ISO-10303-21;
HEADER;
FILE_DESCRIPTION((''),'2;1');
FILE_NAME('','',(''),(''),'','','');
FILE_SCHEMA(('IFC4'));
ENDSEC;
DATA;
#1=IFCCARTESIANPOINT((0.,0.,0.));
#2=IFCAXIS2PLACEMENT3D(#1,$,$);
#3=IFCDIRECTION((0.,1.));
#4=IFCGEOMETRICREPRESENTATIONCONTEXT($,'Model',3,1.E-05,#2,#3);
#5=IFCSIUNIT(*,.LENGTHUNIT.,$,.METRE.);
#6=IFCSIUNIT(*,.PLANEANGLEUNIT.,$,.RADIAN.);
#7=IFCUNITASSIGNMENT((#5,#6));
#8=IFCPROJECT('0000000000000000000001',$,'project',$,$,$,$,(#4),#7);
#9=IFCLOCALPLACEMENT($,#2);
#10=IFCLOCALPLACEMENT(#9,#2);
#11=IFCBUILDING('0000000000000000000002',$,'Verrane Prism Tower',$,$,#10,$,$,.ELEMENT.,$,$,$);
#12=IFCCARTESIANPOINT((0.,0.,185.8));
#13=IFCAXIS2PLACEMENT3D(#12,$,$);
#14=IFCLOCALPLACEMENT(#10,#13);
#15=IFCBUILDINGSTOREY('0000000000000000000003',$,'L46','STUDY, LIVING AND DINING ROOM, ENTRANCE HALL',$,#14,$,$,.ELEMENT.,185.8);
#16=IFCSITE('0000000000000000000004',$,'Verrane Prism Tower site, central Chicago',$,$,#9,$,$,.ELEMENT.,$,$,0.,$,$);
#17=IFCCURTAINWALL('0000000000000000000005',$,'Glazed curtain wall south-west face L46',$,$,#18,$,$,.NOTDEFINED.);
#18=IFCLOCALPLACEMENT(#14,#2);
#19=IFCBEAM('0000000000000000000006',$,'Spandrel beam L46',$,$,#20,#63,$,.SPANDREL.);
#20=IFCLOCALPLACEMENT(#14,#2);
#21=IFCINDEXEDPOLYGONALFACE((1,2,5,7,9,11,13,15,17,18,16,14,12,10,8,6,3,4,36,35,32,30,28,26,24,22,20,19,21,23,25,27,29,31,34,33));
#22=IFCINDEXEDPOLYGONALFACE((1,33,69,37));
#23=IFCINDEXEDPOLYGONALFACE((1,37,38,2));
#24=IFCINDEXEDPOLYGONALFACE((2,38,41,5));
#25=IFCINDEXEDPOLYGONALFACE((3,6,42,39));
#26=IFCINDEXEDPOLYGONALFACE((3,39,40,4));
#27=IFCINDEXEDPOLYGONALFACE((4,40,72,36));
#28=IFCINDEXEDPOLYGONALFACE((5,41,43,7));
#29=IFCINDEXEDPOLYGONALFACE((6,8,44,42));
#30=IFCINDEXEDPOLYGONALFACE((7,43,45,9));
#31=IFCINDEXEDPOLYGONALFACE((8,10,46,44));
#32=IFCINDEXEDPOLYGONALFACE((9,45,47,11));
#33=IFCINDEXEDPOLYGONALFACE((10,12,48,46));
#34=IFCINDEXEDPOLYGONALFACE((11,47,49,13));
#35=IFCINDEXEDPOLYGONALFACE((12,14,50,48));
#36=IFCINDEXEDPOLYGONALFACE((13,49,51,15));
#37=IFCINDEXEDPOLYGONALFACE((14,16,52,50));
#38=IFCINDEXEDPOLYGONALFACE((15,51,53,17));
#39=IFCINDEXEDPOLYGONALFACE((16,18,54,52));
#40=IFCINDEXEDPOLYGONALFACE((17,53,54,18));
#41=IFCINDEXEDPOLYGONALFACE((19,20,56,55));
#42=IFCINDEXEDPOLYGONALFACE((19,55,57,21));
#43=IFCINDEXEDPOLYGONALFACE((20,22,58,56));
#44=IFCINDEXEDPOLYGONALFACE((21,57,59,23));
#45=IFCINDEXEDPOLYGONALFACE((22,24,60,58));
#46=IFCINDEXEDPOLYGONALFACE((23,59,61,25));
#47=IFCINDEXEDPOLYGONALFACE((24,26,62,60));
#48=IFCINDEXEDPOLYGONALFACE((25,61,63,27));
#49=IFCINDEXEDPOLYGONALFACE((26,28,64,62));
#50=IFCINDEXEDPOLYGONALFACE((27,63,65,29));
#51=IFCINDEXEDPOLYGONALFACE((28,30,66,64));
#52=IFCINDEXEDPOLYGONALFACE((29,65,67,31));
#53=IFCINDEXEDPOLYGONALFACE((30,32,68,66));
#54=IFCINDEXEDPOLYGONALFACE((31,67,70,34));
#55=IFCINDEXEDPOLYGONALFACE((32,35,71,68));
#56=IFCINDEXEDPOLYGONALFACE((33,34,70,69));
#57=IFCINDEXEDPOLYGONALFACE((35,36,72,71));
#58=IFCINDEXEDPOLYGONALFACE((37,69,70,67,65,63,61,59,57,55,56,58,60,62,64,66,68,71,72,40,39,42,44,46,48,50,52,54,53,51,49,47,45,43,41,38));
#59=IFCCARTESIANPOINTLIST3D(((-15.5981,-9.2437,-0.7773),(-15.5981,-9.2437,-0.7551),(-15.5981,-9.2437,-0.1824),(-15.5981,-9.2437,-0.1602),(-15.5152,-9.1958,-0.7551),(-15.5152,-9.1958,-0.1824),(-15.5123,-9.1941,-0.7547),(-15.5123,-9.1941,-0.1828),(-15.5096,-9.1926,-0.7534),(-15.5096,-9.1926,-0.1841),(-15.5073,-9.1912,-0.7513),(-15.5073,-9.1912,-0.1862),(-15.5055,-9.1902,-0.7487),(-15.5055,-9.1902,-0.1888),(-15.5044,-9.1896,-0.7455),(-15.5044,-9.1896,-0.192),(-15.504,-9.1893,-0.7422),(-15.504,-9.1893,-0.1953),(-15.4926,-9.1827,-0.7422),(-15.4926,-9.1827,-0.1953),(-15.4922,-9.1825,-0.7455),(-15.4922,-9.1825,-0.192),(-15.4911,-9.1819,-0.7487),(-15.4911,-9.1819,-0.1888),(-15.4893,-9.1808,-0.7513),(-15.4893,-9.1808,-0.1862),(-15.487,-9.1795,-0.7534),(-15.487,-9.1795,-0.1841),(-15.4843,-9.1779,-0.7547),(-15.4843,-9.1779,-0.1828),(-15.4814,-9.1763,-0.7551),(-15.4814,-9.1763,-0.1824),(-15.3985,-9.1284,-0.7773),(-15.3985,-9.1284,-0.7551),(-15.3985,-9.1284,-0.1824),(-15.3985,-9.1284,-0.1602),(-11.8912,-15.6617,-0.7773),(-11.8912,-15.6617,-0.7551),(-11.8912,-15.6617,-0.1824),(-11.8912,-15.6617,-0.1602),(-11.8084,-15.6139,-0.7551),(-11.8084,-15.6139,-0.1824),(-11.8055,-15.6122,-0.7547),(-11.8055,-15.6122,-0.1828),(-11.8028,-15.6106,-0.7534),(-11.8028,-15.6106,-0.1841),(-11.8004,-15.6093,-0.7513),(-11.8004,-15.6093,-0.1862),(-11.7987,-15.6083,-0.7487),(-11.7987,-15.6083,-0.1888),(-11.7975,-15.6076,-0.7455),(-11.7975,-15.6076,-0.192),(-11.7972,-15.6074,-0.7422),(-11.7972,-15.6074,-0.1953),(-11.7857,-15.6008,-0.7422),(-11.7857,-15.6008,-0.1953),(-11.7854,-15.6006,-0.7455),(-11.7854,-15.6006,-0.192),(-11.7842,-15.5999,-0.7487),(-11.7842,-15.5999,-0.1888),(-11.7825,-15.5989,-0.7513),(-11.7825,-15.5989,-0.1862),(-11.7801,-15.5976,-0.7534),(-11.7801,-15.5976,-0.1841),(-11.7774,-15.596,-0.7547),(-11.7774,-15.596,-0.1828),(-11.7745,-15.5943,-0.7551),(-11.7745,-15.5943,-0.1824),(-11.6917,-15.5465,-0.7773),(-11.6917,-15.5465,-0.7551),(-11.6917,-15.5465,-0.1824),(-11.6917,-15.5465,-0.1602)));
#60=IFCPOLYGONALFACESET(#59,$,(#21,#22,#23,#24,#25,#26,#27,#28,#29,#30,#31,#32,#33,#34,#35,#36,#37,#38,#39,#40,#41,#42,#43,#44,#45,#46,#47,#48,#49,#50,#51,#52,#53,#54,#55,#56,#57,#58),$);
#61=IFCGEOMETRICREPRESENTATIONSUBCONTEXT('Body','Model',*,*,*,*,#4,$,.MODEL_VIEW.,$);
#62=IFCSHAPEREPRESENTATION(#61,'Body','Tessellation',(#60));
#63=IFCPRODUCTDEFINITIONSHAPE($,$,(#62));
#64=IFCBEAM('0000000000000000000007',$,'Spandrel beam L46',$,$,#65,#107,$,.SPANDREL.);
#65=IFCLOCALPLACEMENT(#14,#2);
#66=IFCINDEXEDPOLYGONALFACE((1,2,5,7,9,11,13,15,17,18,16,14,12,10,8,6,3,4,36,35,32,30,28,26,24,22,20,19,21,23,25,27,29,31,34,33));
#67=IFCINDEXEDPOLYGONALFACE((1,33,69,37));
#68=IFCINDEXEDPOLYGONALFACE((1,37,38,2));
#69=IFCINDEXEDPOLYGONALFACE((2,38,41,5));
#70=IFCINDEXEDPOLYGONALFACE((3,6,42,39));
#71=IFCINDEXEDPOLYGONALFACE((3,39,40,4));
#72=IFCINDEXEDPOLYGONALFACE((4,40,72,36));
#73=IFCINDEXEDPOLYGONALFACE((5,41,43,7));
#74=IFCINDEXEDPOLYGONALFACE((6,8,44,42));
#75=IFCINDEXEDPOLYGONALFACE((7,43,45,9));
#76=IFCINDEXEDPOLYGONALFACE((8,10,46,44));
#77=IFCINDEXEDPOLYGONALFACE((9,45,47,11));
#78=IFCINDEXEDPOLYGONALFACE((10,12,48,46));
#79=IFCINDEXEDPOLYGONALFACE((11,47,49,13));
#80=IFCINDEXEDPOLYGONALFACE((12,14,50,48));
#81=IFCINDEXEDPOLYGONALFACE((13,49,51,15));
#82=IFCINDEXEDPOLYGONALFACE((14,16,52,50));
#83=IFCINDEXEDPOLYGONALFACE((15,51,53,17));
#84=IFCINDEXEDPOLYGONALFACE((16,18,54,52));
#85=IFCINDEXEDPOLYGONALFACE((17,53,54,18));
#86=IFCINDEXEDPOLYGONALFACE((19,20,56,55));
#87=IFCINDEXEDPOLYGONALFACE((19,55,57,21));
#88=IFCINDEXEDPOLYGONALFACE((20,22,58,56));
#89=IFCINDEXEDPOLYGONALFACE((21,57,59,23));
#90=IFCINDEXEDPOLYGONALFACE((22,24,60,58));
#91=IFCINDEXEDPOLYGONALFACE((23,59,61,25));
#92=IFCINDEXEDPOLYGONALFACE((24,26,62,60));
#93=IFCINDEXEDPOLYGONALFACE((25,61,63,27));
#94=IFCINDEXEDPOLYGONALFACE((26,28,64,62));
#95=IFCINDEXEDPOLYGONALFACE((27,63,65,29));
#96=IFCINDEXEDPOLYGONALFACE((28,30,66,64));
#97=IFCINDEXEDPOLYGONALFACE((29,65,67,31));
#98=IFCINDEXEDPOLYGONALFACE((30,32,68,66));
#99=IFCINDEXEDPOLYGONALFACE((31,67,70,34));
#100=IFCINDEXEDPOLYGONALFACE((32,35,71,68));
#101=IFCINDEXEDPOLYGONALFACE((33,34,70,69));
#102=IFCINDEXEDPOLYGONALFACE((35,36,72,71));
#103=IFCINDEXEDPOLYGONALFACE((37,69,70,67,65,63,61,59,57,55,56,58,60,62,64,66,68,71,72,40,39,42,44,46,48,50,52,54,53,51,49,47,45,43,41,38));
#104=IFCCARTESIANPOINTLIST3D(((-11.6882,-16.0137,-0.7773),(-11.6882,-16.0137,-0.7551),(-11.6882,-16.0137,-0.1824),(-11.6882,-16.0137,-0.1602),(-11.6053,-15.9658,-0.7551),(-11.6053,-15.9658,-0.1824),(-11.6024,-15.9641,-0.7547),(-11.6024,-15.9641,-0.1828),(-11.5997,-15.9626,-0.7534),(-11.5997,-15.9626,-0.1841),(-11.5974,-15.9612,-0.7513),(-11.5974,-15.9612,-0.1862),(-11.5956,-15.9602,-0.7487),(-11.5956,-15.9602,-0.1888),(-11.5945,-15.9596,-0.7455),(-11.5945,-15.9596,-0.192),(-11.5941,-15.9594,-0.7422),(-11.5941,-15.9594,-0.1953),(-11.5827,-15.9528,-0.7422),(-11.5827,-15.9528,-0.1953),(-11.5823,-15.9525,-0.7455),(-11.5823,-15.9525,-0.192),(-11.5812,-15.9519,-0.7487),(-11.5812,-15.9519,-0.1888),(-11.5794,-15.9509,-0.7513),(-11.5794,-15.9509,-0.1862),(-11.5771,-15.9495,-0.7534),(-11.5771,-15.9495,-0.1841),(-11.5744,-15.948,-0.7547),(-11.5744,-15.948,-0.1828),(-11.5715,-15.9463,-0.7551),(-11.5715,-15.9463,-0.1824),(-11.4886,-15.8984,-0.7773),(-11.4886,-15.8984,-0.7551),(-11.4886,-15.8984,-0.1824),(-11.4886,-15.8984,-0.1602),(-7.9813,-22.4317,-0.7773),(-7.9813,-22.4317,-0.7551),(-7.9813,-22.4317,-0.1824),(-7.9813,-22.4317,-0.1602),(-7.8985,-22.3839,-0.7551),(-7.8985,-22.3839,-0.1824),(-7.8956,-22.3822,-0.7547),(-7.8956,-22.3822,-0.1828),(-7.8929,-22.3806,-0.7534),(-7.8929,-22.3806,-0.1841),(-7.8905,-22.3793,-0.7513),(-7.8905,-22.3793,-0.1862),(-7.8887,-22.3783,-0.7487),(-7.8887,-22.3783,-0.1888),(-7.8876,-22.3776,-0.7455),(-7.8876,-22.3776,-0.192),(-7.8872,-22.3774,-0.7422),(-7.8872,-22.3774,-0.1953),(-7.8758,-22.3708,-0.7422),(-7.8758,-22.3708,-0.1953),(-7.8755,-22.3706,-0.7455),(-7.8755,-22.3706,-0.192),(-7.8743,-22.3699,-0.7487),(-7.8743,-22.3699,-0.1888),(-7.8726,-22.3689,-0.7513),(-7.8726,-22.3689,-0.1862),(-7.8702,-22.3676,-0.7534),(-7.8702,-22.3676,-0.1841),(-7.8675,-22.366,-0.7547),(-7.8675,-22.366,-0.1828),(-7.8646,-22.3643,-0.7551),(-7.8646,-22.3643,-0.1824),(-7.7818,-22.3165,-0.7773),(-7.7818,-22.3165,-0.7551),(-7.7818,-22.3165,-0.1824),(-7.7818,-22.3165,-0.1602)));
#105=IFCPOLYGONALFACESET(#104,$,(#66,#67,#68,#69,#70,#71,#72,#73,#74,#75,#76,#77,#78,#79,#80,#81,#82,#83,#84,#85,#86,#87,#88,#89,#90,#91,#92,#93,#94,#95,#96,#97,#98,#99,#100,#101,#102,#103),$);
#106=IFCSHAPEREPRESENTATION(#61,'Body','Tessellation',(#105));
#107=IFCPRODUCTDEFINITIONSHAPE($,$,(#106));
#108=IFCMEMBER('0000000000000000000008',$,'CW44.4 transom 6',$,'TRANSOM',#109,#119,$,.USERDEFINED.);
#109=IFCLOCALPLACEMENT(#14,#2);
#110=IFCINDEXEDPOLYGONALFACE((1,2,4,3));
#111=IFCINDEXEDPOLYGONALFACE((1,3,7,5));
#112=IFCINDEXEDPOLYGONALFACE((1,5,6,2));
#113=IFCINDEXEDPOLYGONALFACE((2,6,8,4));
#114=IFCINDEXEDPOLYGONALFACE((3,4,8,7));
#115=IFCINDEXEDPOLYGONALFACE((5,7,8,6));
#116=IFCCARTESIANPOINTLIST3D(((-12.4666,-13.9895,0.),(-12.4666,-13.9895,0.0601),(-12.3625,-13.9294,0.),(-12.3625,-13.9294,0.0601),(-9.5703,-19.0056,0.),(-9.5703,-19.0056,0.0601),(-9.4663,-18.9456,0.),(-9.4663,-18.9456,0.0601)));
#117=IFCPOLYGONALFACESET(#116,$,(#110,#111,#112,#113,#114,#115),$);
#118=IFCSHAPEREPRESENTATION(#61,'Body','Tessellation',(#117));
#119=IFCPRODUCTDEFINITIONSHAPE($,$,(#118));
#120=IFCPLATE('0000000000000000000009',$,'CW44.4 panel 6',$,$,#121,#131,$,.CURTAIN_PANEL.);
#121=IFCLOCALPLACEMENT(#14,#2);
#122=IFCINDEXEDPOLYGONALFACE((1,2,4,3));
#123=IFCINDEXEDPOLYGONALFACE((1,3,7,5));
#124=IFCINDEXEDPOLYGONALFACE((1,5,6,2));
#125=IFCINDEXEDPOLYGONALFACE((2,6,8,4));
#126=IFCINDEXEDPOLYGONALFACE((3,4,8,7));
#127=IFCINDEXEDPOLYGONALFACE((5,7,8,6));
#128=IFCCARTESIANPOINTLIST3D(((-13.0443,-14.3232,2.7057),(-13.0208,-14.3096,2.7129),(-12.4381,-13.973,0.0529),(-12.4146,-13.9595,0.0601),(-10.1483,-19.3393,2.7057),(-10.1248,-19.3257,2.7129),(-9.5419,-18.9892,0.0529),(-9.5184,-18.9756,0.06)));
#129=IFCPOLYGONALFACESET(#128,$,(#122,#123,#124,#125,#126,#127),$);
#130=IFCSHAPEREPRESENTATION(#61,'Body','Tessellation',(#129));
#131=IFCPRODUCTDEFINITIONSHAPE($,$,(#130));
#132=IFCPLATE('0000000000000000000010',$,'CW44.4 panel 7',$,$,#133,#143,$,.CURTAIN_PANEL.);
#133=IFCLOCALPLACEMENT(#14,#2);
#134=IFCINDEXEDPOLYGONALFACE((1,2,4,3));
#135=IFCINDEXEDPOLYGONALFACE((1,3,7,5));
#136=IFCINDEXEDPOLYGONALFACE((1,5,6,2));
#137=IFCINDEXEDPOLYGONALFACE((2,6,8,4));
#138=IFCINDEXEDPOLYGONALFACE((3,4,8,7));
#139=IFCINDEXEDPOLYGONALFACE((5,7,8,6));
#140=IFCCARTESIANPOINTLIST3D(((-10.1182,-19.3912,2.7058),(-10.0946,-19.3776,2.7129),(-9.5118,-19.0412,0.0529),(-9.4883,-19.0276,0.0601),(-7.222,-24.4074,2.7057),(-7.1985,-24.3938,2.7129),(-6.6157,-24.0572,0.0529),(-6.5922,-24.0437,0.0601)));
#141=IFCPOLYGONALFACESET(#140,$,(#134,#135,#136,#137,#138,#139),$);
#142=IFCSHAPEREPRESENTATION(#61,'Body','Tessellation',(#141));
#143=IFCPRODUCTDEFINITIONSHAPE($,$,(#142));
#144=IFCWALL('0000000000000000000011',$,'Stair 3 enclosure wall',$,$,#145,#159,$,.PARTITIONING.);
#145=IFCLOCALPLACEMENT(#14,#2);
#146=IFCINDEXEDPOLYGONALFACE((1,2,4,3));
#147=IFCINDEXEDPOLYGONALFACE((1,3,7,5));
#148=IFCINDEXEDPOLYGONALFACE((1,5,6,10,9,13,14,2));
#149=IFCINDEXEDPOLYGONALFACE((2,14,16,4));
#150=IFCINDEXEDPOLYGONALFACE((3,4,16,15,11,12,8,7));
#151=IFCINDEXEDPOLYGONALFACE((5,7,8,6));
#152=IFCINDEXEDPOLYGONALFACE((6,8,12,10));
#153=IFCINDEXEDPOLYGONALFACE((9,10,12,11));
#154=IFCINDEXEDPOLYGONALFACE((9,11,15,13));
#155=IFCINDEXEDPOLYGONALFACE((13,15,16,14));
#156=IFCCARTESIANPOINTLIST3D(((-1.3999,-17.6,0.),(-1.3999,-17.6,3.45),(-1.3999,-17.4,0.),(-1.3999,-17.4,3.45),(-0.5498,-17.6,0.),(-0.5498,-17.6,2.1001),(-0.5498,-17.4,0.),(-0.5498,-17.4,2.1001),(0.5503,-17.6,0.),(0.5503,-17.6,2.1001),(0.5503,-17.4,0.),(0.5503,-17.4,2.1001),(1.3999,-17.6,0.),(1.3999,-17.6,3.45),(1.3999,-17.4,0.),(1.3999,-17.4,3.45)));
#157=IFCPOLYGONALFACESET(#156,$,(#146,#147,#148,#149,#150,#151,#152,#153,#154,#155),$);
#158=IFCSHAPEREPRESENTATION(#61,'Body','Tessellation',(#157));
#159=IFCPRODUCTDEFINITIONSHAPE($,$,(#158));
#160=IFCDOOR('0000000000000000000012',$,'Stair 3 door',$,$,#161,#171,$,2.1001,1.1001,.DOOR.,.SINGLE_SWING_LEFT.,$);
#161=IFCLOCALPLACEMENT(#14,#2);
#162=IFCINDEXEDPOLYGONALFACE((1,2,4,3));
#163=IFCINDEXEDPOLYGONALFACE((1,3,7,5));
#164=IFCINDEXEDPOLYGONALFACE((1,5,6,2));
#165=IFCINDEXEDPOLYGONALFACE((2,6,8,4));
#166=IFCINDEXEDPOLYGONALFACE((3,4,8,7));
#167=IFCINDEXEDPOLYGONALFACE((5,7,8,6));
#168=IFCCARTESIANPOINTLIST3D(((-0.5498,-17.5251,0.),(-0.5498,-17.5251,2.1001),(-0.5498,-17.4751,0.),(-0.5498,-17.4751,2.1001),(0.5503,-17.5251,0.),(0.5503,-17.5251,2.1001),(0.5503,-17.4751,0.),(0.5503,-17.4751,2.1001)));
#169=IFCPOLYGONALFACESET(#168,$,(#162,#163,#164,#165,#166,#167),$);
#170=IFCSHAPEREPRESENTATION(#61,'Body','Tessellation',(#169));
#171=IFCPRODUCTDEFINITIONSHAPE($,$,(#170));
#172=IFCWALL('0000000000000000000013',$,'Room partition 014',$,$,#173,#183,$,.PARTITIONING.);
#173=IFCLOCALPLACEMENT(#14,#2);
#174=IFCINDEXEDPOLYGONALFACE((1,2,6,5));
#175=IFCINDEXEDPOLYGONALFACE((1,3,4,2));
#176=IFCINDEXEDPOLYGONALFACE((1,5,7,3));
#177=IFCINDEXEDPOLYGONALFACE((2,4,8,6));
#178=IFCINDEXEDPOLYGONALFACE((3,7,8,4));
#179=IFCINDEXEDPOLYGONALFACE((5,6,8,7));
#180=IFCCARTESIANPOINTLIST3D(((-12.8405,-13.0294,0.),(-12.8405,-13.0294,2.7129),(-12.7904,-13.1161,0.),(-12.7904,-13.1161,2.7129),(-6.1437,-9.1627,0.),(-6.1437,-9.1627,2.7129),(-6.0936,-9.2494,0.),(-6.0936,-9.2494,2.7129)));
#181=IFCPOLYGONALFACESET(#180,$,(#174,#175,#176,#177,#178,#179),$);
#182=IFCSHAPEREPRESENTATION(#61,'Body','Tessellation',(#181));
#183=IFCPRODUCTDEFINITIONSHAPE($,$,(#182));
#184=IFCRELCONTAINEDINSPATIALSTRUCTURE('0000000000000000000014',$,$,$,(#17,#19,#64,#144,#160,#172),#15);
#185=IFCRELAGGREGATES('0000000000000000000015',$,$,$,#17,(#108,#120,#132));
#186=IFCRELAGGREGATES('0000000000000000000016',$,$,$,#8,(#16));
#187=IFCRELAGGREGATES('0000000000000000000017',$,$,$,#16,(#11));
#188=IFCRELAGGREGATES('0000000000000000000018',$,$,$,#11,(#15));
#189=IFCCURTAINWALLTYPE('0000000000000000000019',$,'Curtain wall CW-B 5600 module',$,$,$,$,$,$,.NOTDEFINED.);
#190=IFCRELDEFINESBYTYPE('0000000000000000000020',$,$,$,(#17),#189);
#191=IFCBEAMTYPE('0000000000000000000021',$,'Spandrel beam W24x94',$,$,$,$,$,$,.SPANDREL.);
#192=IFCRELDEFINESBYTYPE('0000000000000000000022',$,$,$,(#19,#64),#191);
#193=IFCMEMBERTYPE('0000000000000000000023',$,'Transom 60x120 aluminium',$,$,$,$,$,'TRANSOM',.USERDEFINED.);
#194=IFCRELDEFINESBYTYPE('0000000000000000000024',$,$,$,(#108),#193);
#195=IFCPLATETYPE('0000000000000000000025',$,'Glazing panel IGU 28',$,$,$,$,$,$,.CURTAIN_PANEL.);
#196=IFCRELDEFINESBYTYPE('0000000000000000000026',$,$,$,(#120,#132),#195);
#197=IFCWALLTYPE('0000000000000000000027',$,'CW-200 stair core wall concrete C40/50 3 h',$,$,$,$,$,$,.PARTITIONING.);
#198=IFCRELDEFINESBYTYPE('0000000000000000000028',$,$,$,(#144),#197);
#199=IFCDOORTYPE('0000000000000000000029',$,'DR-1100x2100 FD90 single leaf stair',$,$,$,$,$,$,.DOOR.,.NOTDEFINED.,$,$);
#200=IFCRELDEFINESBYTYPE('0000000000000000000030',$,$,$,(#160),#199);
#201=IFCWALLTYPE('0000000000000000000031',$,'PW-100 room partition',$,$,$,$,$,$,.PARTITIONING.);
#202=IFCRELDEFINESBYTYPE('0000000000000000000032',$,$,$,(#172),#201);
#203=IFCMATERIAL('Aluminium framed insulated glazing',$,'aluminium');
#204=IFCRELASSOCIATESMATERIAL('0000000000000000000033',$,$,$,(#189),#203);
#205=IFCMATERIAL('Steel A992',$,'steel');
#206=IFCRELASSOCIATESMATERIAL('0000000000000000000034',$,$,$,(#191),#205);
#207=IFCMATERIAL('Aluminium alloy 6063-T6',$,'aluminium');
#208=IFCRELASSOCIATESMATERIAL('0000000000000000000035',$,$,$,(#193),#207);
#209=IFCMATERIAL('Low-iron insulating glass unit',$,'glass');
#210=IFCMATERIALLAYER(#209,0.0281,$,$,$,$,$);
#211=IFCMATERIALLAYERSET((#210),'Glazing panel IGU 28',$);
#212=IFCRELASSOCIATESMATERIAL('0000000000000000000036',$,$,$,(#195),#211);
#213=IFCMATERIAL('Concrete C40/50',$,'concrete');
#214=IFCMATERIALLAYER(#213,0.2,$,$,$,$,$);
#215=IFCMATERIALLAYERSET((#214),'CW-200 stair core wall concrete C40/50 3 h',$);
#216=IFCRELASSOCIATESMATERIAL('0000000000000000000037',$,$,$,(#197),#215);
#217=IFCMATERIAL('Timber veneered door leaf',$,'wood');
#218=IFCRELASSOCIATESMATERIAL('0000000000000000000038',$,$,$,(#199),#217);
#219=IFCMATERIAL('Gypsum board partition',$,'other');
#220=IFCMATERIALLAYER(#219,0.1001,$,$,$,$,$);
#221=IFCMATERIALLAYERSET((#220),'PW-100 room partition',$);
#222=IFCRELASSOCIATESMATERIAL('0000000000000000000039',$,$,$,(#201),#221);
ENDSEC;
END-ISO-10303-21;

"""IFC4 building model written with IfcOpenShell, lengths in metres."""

from ifc_helpers import new_model, si_unit, direction, frame, frame_2d, origin, origin_2d, place, context, subcontext, project, spatial, polyline, rectangle, i_section, outline, extrude, material, layer, layer_set, material_profile, profile_set, type_object, element, fill, aggregate, save


model = new_model("IFC4")

# Units and contexts
model_context = context("Model", 3, precision=1e-05, world=origin(), true_north=direction((0.0, 1.0)))
body_context = subcontext(model_context, "Body", "Model", "MODEL_VIEW")
ifc_project = project(units=[si_unit("LENGTHUNIT", "METRE"), si_unit("PLANEANGLEUNIT", "RADIAN")], contexts=[model_context])

# Site, building, storey
site_placement = place(None, origin())
site = spatial("IfcSite", under=ifc_project, at=site_placement, Name="Verrane Prism Tower site, central Chicago", CompositionType="ELEMENT", RefElevation=0.0)
building_placement = place(site_placement, origin())
building = spatial("IfcBuilding", under=site, at=building_placement, Name="Verrane Prism Tower", CompositionType="ELEMENT")
storey_placement = place(building_placement, frame((0.0, 0.0, 185.8)))
storey = spatial("IfcBuildingStorey", under=building, at=storey_placement, Name="L46", Description="STUDY, LIVING AND DINING ROOM, ENTRANCE HALL", CompositionType="ELEMENT", Elevation=185.8)

# Curtain wall
ifc_material_1 = material(Name="Aluminium framed insulated glazing", Category="aluminium")
curtain_wall_type = type_object("IfcCurtainWallType", Name="Curtain wall CW-B 5600 module", PredefinedType="NOTDEFINED", material=ifc_material_1)
curtain_wall_placement = place(storey_placement, origin())
curtain_wall = element("IfcCurtainWall", 1, at=curtain_wall_placement, inside=storey, type_object=curtain_wall_type, Name="Glazed curtain wall south-west face L46", PredefinedType="NOTDEFINED")

# Beams
ifc_material_2 = material(Name="Steel A992", Category="steel")
ifc_material_profile_1 = material_profile(ifc_material_2, i_section(OverallWidth=0.2305, OverallDepth=0.6172, WebThickness=0.0132, FlangeThickness=0.0222, FilletRadius=0.0129, at=origin_2d()), Name="W24x94")
ifc_profile_set_1 = profile_set([ifc_material_profile_1], Name="Steel A992")
beam_type_1 = type_object("IfcBeamType", Name="Spandrel beam W24x94", PredefinedType="SPANDREL", material=ifc_profile_set_1)
for number, where, z_axis, x_axis, name in (
    (2, (-15.4983, -9.186, -0.4688), (0.500139, -0.865945, 0.0), (0.865945, 0.500139, 0.0), "Spandrel beam L46"),
    (3, (-11.5884, -15.9561, -0.4688), (0.500139, -0.865945, 0.0), (0.865945, 0.500139, 0.0), "Spandrel beam L46"),
):
    element("IfcBeam", number, at=place(storey_placement, frame(where, z_axis=z_axis, x_axis=x_axis)), inside=storey, type_object=beam_type_1, Name=name, PredefinedType="SPANDREL", context=body_context, shape_type="SweptSolid", body=[
        extrude(i_section(OverallWidth=0.2305, OverallDepth=0.6172, WebThickness=0.0132, FlangeThickness=0.0222, FilletRadius=0.0129, at=origin_2d()), origin(), (0.0, 0.0, 1.0), 7.4116),
    ])

# Member
ifc_material_3 = material(Name="Aluminium alloy 6063-T6", Category="aluminium")
ifc_material_profile_2 = material_profile(ifc_material_3, rectangle(XDim=0.1201, YDim=0.0601, at=origin_2d()), Name="Transom 60x120 aluminium")
ifc_profile_set_2 = profile_set([ifc_material_profile_2], Name="Aluminium alloy 6063-T6")
member_type_1 = type_object("IfcMemberType", Name="Transom 60x120 aluminium", ElementType="TRANSOM", PredefinedType="USERDEFINED", material=ifc_profile_set_2)
member_1_placement = place(storey_placement, frame((-12.4146, -13.9595, 0.03), z_axis=(0.500024, -0.866012, 0.0), x_axis=(0.866012, 0.500024, 0.0)))
member_1 = element("IfcMember", 4, at=member_1_placement, type_object=member_type_1, Name="CW44.4 transom 6", ObjectType="TRANSOM", PredefinedType="USERDEFINED", context=body_context, shape_type="SweptSolid", body=[
    extrude(rectangle(XDim=0.1201, YDim=0.0601, at=origin_2d()), origin(), (0.0, 0.0, 1.0), 5.7922),
])

# Plates
ifc_material_4 = material(Name="Low-iron insulating glass unit", Category="glass")
ifc_layer_1 = layer(ifc_material_4, 0.0281)
ifc_layer_set_1 = layer_set([ifc_layer_1], Name="Glazing panel IGU 28")
plate_type = type_object("IfcPlateType", Name="Glazing panel IGU 28", PredefinedType="CURTAIN_PANEL", material=ifc_layer_set_1)
plate_1_placement = place(storey_placement, frame((-12.4146, -13.9595, 0.0601), z_axis=(0.837349, 0.483454, 0.255184), x_axis=(0.500009, -0.86602, -0.000005)))
plate_1 = element("IfcPlate", 5, at=plate_1_placement, type_object=plate_type, Name="CW44.4 panel 6", PredefinedType="CURTAIN_PANEL", context=body_context, shape_type="SweptSolid", body=[
    extrude(outline(polyline([(0.0, 0.0), (5.7922, 0.0), (5.7922, -2.7437), (0.0001, -2.7436), (0.0, 0.0)])), origin(), (0.0, 0.0, -1.0), 0.0281),
])
plate_2_placement = place(storey_placement, frame((-9.4883, -19.0276, 0.0601), z_axis=(0.837349, 0.483454, 0.255184), x_axis=(0.500007, -0.866021, 0.000005)))
plate_2 = element("IfcPlate", 6, at=plate_2_placement, type_object=plate_type, Name="CW44.4 panel 7", PredefinedType="CURTAIN_PANEL", context=body_context, shape_type="SweptSolid", body=[
    extrude(outline(polyline([(0.0, 0.0), (5.7921, 0.0), (5.7922, -2.7436), (0.0, -2.7437), (0.0, 0.0)])), origin(), (0.0, 0.0, -1.0), 0.0281),
])
aggregate(curtain_wall, [member_1, plate_1, plate_2])

# Wall, opening, door
ifc_material_5 = material(Name="Concrete C40/50", Category="concrete")
ifc_layer_2 = layer(ifc_material_5, 0.2)
ifc_layer_set_2 = layer_set([ifc_layer_2], Name="CW-200 stair core wall concrete C40/50 3 h")
wall_type_1 = type_object("IfcWallType", Name="CW-200 stair core wall concrete C40/50 3 h", PredefinedType="PARTITIONING", material=ifc_layer_set_2)
wall_1_placement = place(storey_placement, frame((-1.3999, -17.5, 0.0), z_axis=(0.0, 0.0, 1.0), x_axis=(1.0, 0.0, 0.0)))
wall_1 = element("IfcWall", 7, at=wall_1_placement, inside=storey, type_object=wall_type_1, Name="Stair 3 enclosure wall", PredefinedType="PARTITIONING", context=body_context, shape_type="SweptSolid", body=[
    extrude(rectangle(XDim=2.7998, YDim=0.2, at=frame_2d((1.3999, 0.0))), origin(), (0.0, 0.0, 1.0), 3.45),
])
opening_1_placement = place(wall_1_placement, frame((0.8501, 0.0, 0.0)))
opening_1 = element("IfcOpeningElement", 8, at=opening_1_placement, cuts=wall_1, PredefinedType="OPENING", context=body_context, shape_type="SweptSolid", body=[
    extrude(rectangle(XDim=1.1001, YDim=2.1001, at=frame_2d((0.55, 1.05))), frame((0.0, 0.1099, 0.0), z_axis=(0.0, -1.0, 0.0), x_axis=(1.0, 0.0, 0.0)), (0.0, 0.0, 1.0), 0.22),
])
ifc_material_6 = material(Name="Timber veneered door leaf", Category="wood")
door_type_1 = type_object("IfcDoorType", Name="DR-1100x2100 FD90 single leaf stair", OperationType="NOTDEFINED", PredefinedType="DOOR", material=ifc_material_6)
door_1_placement = place(opening_1_placement, origin())
door_1 = element("IfcDoor", 9, at=door_1_placement, inside=storey, type_object=door_type_1, Name="Stair 3 door", OperationType="SINGLE_SWING_LEFT", OverallHeight=2.1001, OverallWidth=1.1001, PredefinedType="DOOR", context=body_context, shape_type="SweptSolid", body=[
    extrude(rectangle(XDim=1.1001, YDim=2.1001, at=frame_2d((0.55, 1.05))), frame((0.0, 0.0249, 0.0), z_axis=(0.0, -1.0, 0.0), x_axis=(1.0, 0.0, 0.0)), (0.0, 0.0, 1.0), 0.05),
])
fill(opening_1, door_1)

# Wall
ifc_material_7 = material(Name="Gypsum board partition", Category="other")
ifc_layer_3 = layer(ifc_material_7, 0.1001)
ifc_layer_set_3 = layer_set([ifc_layer_3], Name="PW-100 room partition")
wall_type_2 = type_object("IfcWallType", Name="PW-100 room partition", PredefinedType="PARTITIONING", material=ifc_layer_set_3)
wall_2_placement = place(storey_placement, frame((-12.8154, -13.0728, 0.0), z_axis=(0.0, 0.0, 1.0), x_axis=(0.866008, 0.50003, 0.0)))
element("IfcWall", 10, at=wall_2_placement, inside=storey, type_object=wall_type_2, Name="Room partition 014", PredefinedType="PARTITIONING", context=body_context, shape_type="SweptSolid", body=[
    extrude(rectangle(XDim=7.7329, YDim=0.1001, at=frame_2d((3.8665, 0.0))), origin(), (0.0, 0.0, 1.0), 2.7129),
])

save(model, "model.ifc")
